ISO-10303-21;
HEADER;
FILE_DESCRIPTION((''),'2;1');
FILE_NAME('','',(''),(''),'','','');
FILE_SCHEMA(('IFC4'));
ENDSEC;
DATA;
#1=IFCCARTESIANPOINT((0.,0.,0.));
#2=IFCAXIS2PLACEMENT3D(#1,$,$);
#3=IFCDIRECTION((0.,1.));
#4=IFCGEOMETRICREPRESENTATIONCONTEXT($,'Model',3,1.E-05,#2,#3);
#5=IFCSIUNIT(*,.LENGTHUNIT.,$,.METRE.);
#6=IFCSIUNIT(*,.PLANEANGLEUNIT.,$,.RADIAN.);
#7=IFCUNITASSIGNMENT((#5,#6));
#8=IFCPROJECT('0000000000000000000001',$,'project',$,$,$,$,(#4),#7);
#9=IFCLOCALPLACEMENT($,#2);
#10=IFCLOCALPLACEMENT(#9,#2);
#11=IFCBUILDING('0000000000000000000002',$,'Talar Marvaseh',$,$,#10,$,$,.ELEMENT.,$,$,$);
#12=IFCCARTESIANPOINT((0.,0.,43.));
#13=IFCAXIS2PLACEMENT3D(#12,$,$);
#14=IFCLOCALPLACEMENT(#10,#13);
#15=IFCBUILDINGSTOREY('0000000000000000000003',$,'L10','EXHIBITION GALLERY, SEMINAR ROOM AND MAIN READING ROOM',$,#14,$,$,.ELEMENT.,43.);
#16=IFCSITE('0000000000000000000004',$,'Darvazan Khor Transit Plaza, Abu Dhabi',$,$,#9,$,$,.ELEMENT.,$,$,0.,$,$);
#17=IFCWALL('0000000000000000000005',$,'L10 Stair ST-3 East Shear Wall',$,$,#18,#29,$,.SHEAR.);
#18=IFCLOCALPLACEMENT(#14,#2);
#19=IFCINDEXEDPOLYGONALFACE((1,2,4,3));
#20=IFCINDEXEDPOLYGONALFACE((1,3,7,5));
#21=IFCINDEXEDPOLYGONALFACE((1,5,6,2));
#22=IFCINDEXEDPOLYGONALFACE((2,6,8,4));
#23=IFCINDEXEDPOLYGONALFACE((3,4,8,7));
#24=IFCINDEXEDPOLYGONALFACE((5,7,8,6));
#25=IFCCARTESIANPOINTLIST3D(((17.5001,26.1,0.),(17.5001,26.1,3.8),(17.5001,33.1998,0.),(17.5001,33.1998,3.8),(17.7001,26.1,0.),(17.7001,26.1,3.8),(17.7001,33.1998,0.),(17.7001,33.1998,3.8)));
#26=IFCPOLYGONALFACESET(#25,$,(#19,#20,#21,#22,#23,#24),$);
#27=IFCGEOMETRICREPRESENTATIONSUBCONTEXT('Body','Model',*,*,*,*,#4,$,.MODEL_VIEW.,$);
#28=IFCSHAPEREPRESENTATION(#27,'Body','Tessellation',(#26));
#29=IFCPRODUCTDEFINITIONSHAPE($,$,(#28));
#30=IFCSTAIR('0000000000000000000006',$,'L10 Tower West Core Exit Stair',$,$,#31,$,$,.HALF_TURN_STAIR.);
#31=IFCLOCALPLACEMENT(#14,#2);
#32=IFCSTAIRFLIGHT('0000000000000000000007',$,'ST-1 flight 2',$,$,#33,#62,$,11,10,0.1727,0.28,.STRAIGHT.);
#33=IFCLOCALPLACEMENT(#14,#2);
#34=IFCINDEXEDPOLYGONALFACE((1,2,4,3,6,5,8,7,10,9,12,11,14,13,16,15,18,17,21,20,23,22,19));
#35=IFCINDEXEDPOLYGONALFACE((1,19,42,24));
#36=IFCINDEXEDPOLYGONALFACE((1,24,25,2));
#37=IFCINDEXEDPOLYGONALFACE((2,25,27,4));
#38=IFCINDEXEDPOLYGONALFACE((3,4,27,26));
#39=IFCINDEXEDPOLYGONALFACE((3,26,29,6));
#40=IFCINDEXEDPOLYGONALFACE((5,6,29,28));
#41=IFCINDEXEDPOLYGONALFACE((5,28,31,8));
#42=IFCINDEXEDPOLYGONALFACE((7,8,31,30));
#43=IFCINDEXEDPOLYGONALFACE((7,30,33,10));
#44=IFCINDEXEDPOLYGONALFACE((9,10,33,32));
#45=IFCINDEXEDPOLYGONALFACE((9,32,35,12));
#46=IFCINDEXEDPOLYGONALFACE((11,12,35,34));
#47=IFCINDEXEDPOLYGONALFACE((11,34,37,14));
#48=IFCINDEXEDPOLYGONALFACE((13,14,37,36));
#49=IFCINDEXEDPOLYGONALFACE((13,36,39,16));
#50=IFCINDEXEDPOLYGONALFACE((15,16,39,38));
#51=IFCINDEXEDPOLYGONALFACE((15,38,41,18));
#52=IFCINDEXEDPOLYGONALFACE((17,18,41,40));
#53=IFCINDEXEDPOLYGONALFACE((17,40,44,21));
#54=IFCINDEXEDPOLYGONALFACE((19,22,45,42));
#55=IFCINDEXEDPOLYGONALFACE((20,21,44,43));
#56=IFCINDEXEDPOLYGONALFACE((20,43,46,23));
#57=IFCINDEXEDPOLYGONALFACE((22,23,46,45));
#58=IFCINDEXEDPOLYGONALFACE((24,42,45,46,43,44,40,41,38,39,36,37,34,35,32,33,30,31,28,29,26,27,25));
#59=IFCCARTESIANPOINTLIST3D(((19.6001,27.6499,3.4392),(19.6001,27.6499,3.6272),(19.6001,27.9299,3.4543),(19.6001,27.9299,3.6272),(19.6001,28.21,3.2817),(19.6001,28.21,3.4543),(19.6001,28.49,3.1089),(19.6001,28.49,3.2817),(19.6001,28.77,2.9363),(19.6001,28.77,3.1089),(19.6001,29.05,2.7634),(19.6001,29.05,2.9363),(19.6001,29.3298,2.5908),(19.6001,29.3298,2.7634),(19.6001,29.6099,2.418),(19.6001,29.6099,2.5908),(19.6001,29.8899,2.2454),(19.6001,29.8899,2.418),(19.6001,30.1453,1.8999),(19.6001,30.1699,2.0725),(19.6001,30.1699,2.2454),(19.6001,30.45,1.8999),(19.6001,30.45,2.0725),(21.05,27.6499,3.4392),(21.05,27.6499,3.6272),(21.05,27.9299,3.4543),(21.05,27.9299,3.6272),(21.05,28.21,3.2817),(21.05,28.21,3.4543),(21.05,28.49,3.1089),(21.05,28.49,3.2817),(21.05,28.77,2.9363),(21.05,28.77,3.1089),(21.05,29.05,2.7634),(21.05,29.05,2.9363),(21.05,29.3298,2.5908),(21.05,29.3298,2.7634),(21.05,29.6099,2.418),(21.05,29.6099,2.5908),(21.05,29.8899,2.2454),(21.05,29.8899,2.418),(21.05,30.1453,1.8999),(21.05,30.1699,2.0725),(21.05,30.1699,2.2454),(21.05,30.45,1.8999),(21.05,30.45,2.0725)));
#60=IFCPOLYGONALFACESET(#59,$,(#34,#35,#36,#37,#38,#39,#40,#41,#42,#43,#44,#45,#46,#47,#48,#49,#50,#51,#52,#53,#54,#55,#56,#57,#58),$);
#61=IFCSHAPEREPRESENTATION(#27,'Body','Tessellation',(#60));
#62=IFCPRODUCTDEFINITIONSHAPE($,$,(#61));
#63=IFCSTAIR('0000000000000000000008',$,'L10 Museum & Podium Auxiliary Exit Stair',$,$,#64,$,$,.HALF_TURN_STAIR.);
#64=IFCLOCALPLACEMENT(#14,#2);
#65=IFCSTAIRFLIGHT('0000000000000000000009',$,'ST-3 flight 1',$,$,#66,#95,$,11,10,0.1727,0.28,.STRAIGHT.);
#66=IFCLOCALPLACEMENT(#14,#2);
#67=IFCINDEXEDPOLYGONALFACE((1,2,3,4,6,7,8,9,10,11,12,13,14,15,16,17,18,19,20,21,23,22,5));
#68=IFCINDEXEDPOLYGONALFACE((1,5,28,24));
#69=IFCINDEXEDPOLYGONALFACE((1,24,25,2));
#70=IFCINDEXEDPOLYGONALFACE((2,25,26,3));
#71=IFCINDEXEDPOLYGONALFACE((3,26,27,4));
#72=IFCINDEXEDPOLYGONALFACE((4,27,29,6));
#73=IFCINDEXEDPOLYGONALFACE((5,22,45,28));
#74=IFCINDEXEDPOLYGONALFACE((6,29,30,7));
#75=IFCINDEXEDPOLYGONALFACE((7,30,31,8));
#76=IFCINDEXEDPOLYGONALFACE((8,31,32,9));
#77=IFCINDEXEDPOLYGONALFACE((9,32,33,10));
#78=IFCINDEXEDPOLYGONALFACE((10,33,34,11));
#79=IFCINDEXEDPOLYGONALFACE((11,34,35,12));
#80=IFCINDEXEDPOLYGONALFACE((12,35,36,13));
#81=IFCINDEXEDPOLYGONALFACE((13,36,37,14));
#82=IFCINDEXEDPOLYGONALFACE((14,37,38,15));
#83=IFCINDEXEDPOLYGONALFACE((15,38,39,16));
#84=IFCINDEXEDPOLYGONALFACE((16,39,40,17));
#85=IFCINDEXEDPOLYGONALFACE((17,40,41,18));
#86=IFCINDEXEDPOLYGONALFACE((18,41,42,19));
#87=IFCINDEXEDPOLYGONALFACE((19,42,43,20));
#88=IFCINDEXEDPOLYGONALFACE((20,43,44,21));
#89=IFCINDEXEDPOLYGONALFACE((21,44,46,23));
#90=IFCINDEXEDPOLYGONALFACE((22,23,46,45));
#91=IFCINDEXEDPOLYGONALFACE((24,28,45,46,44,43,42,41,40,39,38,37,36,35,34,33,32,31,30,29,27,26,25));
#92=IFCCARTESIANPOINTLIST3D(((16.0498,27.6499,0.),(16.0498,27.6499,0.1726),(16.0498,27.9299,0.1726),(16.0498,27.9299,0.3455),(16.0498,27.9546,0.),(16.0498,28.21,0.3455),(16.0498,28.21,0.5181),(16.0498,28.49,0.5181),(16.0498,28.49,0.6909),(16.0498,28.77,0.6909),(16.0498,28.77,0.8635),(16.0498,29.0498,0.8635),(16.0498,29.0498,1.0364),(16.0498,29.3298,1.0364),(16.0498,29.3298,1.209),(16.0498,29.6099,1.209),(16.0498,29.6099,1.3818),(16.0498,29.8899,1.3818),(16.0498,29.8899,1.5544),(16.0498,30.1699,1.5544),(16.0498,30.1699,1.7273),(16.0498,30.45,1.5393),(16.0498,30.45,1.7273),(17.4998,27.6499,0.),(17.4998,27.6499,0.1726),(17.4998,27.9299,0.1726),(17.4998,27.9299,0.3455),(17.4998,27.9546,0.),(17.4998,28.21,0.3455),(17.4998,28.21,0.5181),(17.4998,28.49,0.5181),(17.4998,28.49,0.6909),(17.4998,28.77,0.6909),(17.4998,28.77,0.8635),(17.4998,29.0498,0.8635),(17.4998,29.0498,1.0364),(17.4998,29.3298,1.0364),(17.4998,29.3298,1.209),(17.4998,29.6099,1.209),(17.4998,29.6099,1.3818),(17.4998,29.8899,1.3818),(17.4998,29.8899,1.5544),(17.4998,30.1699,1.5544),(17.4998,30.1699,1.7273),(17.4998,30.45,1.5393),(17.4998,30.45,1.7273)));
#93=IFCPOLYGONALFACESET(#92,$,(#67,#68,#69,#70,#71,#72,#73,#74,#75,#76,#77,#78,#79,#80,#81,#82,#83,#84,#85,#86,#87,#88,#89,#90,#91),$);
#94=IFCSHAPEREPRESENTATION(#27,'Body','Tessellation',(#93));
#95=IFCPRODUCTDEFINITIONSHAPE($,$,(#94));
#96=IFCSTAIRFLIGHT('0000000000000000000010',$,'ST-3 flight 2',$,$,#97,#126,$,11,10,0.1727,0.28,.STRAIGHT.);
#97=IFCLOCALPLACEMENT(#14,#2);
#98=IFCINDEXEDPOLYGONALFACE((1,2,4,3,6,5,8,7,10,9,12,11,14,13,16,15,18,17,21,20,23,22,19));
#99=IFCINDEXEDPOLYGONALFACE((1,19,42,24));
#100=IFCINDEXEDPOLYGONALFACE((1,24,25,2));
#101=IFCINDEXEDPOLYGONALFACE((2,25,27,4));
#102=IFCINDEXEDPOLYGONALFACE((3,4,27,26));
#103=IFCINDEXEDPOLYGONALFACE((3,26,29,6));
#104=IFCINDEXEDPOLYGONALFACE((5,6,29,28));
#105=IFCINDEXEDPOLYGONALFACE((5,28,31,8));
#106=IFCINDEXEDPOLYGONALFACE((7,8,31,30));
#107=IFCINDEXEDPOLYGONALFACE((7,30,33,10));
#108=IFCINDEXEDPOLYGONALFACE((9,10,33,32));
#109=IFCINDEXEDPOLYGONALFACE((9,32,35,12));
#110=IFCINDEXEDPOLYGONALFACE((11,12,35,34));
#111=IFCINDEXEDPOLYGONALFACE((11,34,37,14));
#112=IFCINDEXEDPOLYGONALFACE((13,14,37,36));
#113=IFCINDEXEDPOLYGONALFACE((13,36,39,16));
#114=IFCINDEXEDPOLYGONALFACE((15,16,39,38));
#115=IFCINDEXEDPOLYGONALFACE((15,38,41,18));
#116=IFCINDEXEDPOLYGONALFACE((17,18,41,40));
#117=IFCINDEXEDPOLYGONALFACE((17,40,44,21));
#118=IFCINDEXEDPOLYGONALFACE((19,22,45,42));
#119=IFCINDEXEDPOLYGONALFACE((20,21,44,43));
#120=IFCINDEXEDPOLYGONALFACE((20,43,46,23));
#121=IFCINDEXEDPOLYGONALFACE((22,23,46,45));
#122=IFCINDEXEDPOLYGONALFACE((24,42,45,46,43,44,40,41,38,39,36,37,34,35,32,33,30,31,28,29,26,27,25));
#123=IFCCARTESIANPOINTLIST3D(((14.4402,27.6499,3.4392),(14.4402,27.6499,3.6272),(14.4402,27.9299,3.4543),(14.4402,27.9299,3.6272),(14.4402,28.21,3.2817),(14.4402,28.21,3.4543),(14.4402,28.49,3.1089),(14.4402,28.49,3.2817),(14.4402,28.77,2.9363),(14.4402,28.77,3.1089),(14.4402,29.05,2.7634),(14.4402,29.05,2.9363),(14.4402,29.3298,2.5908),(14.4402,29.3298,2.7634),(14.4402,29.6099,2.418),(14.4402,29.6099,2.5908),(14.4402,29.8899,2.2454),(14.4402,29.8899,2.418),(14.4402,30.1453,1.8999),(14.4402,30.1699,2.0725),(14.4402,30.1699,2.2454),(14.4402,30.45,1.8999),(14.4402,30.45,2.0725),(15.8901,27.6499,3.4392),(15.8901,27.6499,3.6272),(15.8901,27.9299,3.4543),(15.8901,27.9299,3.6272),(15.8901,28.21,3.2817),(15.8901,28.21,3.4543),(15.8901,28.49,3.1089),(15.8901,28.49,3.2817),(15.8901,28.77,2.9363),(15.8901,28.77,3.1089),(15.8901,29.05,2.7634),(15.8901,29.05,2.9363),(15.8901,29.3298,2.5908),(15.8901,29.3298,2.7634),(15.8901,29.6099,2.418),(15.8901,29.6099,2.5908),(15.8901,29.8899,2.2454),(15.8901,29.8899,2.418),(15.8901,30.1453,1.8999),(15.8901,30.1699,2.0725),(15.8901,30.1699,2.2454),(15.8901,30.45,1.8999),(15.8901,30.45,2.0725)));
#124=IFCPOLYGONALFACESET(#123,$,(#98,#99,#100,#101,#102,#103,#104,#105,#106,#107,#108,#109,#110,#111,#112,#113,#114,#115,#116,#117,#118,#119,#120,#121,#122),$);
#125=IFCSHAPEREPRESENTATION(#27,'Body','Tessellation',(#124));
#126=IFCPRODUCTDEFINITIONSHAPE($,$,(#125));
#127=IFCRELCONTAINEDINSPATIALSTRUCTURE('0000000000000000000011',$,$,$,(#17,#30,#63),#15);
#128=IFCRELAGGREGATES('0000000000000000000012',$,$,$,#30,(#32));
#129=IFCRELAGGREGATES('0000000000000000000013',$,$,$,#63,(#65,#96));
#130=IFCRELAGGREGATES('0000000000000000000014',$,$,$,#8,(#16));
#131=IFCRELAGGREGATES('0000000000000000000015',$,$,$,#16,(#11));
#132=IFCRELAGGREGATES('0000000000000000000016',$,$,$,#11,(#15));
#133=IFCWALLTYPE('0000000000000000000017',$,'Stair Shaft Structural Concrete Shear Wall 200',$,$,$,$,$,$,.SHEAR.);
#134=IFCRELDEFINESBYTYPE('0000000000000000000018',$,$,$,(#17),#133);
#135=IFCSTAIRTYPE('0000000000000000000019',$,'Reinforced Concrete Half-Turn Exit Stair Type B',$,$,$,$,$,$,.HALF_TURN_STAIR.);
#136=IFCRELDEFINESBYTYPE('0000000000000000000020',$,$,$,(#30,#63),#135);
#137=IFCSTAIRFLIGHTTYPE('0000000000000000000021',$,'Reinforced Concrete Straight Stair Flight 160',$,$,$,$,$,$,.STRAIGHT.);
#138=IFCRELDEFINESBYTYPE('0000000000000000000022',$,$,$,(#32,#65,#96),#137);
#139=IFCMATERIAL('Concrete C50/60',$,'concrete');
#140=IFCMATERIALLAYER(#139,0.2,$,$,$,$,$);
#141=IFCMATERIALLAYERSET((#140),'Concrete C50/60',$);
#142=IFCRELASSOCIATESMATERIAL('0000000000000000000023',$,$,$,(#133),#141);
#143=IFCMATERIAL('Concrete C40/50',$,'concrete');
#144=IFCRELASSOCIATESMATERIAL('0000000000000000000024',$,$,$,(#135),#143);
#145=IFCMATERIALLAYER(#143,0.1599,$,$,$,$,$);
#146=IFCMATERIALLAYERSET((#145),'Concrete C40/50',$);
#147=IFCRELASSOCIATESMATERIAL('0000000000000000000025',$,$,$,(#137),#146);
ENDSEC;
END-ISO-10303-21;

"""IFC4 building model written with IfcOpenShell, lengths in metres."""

from ifc_helpers import new_model, si_unit, direction, frame, frame_2d, origin, place, context, subcontext, project, spatial, polyline, rectangle, outline, extrude, material, layer, layer_set, type_object, element, aggregate, save


model = new_model("IFC4")

# Units and contexts
model_context = context("Model", 3, precision=1e-05, world=origin(), true_north=direction((0.0, 1.0)))
body_context = subcontext(model_context, "Body", "Model", "MODEL_VIEW")
ifc_project = project(units=[si_unit("LENGTHUNIT", "METRE"), si_unit("PLANEANGLEUNIT", "RADIAN")], contexts=[model_context])

# Site, building, storey
site_placement = place(None, origin())
site = spatial("IfcSite", under=ifc_project, at=site_placement, Name="Darvazan Khor Transit Plaza, Abu Dhabi", CompositionType="ELEMENT", RefElevation=0.0)
building_placement = place(site_placement, origin())
building = spatial("IfcBuilding", under=site, at=building_placement, Name="Talar Marvaseh", CompositionType="ELEMENT")
storey_placement = place(building_placement, frame((0.0, 0.0, 43.0)))
storey = spatial("IfcBuildingStorey", under=building, at=storey_placement, Name="L10", Description="EXHIBITION GALLERY, SEMINAR ROOM AND MAIN READING ROOM", CompositionType="ELEMENT", Elevation=43.0)

# Shared definitions
ifc_material_1 = material(Name="Concrete C40/50", Category="concrete")

# Shared definitions
ifc_material_2 = material(Name="Concrete C50/60", Category="concrete")
ifc_layer_1 = layer(ifc_material_2, 0.2)
ifc_layer_set_1 = layer_set([ifc_layer_1], Name="Concrete C50/60")
wall_type_1 = type_object("IfcWallType", Name="Stair Shaft Structural Concrete Shear Wall 200", PredefinedType="SHEAR", material=ifc_layer_set_1)

# Wall
wall_1_placement = place(storey_placement, frame((17.6001, 26.1001, 0.0), z_axis=(0.0, 0.0, 1.0), x_axis=(0.0, 1.0, 0.0)))
element("IfcWall", 1, at=wall_1_placement, inside=storey, type_object=wall_type_1, Name="L10 Stair ST-3 East Shear Wall", PredefinedType="SHEAR", context=body_context, shape_type="SweptSolid", body=[
    extrude(rectangle(XDim=7.0999, YDim=0.2, at=frame_2d((3.5498, 0.0))), origin(), (0.0, 0.0, 1.0), 3.8),
])

# Stair, stair flight
stair_type = type_object("IfcStairType", Name="Reinforced Concrete Half-Turn Exit Stair Type B", PredefinedType="HALF_TURN_STAIR", material=ifc_material_1)
stair_1_placement = place(storey_placement, origin())
stair_1 = element("IfcStair", 2, at=stair_1_placement, inside=storey, type_object=stair_type, Name="L10 Tower West Core Exit Stair", PredefinedType="HALF_TURN_STAIR")
ifc_layer_2 = layer(ifc_material_1, 0.1599)
ifc_layer_set_2 = layer_set([ifc_layer_2], Name="Concrete C40/50")
stair_flight_type = type_object("IfcStairFlightType", Name="Reinforced Concrete Straight Stair Flight 160", PredefinedType="STRAIGHT", material=ifc_layer_set_2)
stair_flight_1_placement = place(storey_placement, frame((20.325, 30.45, 1.8999), z_axis=(0.0, 0.0, 1.0), x_axis=(0.0, -1.0, 0.0)))
stair_flight_1 = element("IfcStairFlight", 3, at=stair_flight_1_placement, type_object=stair_flight_type, Name="ST-1 flight 2", NumberOfRisers=11, NumberOfTreads=10, PredefinedType="STRAIGHT", RiserHeight=0.1727, TreadLength=0.28, context=body_context, shape_type="SweptSolid", body=[
    extrude(outline(polyline([(0.0, 0.0), (0.0, 0.1726), (0.28, 0.1726), (0.28, 0.3455), (0.5601, 0.3455), (0.5601, 0.5181), (0.8401, 0.5181), (0.8401, 0.6909), (1.1201, 0.6909), (1.1201, 0.8635), (1.3999, 0.8635), (1.3999, 1.0364), (1.6799, 1.0364), (1.6799, 1.209), (1.96, 1.209), (1.96, 1.3818), (2.24, 1.3818), (2.24, 1.5544), (2.52, 1.5544), (2.52, 1.7273), (2.8, 1.7273), (2.8, 1.8999), (2.8, 1.5393), (0.3047, 0.0), (0.0, 0.0)])), frame((0.0, 0.7251, 0.0), z_axis=(0.0, -1.0, 0.0), x_axis=(1.0, 0.0, 0.0)), (0.0, 0.0, 1.0), 1.45),
])
aggregate(stair_1, [stair_flight_1])

# Stair, stair flights
stair_2_placement = place(storey_placement, origin())
stair_2 = element("IfcStair", 4, at=stair_2_placement, inside=storey, type_object=stair_type, Name="L10 Museum & Podium Auxiliary Exit Stair", PredefinedType="HALF_TURN_STAIR")
stair_flight_2_placement = place(storey_placement, frame((16.7749, 27.6499, 0.0), z_axis=(0.0, 0.0, 1.0), x_axis=(0.0, 1.0, 0.0)))
stair_flight_2 = element("IfcStairFlight", 5, at=stair_flight_2_placement, type_object=stair_flight_type, Name="ST-3 flight 1", NumberOfRisers=11, NumberOfTreads=10, PredefinedType="STRAIGHT", RiserHeight=0.1727, TreadLength=0.28, context=body_context, shape_type="SweptSolid", body=[
    extrude(outline(polyline([(0.0, 0.0), (0.0, 0.1726), (0.28, 0.1726), (0.28, 0.3455), (0.5601, 0.3455), (0.5601, 0.5181), (0.8401, 0.5181), (0.8401, 0.6909), (1.1201, 0.6909), (1.1201, 0.8635), (1.3999, 0.8635), (1.3999, 1.0364), (1.6799, 1.0364), (1.6799, 1.209), (1.96, 1.209), (1.96, 1.3818), (2.24, 1.3818), (2.24, 1.5544), (2.52, 1.5544), (2.52, 1.7273), (2.8, 1.7273), (2.8, 1.8999), (2.8, 1.5393), (0.3047, 0.0), (0.0, 0.0)])), frame((0.0, 0.7251, 0.0), z_axis=(0.0, -1.0, 0.0), x_axis=(1.0, 0.0, 0.0)), (0.0, 0.0, 1.0), 1.45),
])
stair_flight_3_placement = place(storey_placement, frame((15.165, 30.45, 1.8999), z_axis=(0.0, 0.0, 1.0), x_axis=(0.0, -1.0, 0.0)))
stair_flight_3 = element("IfcStairFlight", 6, at=stair_flight_3_placement, type_object=stair_flight_type, Name="ST-3 flight 2", NumberOfRisers=11, NumberOfTreads=10, PredefinedType="STRAIGHT", RiserHeight=0.1727, TreadLength=0.28, context=body_context, shape_type="SweptSolid", body=[
    extrude(outline(polyline([(0.0, 0.0), (0.0, 0.1726), (0.28, 0.1726), (0.28, 0.3455), (0.5601, 0.3455), (0.5601, 0.5181), (0.8401, 0.5181), (0.8401, 0.6909), (1.1201, 0.6909), (1.1201, 0.8635), (1.3999, 0.8635), (1.3999, 1.0364), (1.6799, 1.0364), (1.6799, 1.209), (1.96, 1.209), (1.96, 1.3818), (2.24, 1.3818), (2.24, 1.5544), (2.52, 1.5544), (2.52, 1.7273), (2.8, 1.7273), (2.8, 1.8999), (2.8, 1.5393), (0.3047, 0.0), (0.0, 0.0)])), frame((0.0, 0.7251, 0.0), z_axis=(0.0, -1.0, 0.0), x_axis=(1.0, 0.0, 0.0)), (0.0, 0.0, 1.0), 1.45),
])
aggregate(stair_2, [stair_flight_2, stair_flight_3])

save(model, "model.ifc")
